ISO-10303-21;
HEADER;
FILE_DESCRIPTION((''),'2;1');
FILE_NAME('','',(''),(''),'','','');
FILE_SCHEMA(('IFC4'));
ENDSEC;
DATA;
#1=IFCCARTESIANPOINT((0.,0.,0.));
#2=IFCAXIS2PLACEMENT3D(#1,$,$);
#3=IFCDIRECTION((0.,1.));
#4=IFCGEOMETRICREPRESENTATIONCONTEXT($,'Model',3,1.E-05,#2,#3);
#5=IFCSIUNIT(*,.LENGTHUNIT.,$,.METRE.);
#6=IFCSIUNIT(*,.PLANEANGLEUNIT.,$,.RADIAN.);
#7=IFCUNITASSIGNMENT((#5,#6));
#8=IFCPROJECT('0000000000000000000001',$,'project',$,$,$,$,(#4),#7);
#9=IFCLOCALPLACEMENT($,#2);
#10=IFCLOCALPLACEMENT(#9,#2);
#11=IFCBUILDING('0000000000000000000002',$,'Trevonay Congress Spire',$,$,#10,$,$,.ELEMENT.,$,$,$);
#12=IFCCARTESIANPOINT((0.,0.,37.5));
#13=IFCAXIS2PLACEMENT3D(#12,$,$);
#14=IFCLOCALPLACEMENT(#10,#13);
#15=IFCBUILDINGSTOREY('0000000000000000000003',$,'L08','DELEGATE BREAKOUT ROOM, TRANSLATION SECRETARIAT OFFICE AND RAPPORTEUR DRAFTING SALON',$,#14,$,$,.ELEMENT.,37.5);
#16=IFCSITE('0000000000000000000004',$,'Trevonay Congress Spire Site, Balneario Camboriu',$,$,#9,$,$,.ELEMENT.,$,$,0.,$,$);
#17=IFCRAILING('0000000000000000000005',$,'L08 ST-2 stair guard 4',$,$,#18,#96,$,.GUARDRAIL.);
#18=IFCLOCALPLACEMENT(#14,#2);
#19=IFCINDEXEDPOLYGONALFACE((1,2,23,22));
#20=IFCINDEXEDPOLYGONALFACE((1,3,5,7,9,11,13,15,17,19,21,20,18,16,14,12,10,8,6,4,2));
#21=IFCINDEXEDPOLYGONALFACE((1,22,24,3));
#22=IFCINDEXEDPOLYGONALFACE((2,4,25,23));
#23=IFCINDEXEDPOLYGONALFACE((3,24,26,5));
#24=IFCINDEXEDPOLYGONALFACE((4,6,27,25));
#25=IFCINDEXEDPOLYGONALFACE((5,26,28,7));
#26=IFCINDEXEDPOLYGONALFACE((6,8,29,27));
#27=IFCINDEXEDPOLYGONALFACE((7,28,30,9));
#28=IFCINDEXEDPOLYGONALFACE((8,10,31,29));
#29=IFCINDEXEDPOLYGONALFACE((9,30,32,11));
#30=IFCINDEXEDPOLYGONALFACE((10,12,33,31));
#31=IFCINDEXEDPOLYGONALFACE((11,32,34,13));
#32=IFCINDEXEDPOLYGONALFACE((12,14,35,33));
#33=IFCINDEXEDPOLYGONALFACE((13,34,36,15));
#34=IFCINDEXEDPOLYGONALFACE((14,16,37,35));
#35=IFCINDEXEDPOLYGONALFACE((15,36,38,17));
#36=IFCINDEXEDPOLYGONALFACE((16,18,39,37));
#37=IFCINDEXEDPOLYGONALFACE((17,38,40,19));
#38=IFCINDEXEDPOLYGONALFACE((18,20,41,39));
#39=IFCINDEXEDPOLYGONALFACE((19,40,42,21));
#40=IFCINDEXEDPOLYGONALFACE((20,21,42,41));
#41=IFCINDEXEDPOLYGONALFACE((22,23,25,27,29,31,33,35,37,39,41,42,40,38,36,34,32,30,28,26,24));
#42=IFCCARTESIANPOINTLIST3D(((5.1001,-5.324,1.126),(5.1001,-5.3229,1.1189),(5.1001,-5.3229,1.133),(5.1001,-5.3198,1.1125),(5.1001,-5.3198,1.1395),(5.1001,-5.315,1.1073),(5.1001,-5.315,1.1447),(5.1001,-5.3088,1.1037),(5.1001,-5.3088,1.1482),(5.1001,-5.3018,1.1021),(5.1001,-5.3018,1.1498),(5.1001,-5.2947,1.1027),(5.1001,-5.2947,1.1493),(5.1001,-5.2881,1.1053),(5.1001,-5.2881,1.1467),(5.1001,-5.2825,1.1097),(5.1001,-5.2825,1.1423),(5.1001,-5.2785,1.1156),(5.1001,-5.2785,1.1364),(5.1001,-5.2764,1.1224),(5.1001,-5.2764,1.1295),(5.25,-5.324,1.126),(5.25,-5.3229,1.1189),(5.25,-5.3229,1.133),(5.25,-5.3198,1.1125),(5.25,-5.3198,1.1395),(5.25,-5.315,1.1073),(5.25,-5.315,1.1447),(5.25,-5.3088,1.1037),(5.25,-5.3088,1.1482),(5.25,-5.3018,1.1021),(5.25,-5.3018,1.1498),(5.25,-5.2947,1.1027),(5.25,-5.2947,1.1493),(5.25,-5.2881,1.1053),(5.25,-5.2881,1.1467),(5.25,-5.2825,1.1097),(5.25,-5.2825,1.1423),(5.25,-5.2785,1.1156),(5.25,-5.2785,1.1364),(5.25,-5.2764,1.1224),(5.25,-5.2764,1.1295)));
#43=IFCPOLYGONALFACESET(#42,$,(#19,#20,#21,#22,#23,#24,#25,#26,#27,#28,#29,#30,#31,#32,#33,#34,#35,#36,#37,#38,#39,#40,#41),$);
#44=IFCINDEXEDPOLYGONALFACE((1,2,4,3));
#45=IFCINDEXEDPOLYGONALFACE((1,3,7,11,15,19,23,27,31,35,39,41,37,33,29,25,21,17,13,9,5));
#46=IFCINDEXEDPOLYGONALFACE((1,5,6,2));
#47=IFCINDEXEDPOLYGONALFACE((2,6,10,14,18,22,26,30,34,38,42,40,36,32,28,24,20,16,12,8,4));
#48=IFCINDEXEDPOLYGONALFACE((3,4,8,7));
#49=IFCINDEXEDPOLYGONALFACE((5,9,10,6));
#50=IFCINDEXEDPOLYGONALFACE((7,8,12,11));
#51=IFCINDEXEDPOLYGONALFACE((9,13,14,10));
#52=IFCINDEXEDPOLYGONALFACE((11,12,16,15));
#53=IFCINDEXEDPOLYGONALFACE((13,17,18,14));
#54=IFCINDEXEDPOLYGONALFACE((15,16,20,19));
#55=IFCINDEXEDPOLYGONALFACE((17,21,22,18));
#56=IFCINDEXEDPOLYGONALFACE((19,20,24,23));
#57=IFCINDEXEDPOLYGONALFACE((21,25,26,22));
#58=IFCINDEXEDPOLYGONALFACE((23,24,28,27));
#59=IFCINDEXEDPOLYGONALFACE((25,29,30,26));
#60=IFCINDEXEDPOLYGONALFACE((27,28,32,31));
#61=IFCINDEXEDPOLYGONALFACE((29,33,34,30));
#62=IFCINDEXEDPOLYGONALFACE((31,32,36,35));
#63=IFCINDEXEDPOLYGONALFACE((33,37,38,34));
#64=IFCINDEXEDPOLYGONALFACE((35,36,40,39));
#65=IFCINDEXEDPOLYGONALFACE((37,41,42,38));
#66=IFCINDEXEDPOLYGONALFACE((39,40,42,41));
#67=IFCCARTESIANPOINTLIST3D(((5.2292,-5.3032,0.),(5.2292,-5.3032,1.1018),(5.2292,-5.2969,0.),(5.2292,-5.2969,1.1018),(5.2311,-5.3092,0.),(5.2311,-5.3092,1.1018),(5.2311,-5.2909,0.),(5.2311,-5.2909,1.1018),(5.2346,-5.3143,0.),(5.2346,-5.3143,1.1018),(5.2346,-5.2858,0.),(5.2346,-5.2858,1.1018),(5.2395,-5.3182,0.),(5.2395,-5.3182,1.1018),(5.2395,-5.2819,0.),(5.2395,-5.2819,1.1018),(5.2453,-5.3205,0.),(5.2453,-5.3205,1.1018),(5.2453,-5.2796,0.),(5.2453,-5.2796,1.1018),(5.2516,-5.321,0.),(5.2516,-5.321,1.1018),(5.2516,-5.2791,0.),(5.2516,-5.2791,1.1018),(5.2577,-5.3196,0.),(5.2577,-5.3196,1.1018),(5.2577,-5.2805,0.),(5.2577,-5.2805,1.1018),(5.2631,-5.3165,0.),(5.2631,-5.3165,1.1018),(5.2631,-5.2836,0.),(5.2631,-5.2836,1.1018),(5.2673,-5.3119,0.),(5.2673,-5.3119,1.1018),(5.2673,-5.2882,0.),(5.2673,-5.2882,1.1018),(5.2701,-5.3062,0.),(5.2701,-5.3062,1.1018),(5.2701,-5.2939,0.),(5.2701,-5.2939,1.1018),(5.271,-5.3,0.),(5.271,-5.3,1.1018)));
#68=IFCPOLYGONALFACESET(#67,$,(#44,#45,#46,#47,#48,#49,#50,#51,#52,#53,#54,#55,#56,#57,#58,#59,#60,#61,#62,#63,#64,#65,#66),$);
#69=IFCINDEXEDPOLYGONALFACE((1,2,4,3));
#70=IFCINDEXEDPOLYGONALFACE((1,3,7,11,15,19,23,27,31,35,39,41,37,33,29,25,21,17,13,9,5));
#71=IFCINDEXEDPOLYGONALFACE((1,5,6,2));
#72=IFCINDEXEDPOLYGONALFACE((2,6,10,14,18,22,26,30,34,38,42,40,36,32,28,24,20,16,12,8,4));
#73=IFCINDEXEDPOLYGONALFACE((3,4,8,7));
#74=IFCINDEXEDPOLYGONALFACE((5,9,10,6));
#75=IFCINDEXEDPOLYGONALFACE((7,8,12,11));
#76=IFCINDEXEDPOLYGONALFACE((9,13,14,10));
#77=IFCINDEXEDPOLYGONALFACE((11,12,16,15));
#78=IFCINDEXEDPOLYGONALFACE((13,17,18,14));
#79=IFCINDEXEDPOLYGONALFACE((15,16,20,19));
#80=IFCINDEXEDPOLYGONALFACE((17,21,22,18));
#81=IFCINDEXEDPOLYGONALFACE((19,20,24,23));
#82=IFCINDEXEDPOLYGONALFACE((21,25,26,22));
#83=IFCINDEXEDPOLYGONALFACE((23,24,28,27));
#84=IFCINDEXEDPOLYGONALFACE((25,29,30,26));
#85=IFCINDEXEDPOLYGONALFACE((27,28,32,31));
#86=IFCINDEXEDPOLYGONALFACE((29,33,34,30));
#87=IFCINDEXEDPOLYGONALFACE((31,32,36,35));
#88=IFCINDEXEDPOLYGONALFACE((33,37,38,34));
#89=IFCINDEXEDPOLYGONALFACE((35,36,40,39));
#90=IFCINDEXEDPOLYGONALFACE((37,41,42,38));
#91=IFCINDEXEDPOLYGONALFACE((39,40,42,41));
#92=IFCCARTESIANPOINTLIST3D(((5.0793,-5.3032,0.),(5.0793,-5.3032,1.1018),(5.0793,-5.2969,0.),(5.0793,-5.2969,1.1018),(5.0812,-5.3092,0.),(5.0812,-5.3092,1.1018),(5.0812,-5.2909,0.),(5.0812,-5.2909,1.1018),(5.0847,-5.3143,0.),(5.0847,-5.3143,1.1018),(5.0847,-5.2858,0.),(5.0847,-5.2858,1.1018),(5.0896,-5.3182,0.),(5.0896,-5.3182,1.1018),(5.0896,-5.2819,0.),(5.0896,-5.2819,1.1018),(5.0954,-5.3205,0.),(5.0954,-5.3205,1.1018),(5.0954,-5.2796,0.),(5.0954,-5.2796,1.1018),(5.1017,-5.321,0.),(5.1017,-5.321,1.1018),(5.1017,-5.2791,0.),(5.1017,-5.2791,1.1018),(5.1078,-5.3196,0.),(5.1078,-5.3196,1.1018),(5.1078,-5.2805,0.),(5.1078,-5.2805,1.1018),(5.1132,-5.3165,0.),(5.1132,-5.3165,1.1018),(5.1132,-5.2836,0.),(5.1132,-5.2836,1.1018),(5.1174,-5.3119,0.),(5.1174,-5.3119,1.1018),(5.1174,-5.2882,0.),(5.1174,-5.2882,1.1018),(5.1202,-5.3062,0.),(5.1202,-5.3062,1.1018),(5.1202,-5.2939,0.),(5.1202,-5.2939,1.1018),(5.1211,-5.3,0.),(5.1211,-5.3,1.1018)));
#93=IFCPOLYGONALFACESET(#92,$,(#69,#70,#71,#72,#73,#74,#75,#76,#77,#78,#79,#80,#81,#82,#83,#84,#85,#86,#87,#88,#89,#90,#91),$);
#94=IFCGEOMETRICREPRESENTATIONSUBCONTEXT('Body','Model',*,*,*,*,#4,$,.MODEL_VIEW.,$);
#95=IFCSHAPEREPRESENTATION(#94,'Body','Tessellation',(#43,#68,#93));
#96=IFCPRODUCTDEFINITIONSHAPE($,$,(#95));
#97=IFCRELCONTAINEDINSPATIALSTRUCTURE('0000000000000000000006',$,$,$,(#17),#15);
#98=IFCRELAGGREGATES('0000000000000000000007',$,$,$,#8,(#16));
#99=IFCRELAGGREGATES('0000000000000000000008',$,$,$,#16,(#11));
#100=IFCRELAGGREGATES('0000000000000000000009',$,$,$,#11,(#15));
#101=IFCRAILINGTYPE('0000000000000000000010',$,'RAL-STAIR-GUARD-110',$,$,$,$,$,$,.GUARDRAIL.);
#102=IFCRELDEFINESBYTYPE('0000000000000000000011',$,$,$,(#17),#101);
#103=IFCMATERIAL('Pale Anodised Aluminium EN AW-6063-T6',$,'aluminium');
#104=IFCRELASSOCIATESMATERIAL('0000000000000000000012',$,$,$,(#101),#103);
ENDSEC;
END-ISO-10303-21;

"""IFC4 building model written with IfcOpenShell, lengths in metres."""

from ifc_helpers import new_model, si_unit, direction, frame, origin, origin_2d, place, context, subcontext, project, spatial, circle, extrude, material, type_object, element, save


model = new_model("IFC4")

# Units and contexts
model_context = context("Model", 3, precision=1e-05, world=origin(), true_north=direction((0.0, 1.0)))
body_context = subcontext(model_context, "Body", "Model", "MODEL_VIEW")
ifc_project = project(units=[si_unit("LENGTHUNIT", "METRE"), si_unit("PLANEANGLEUNIT", "RADIAN")], contexts=[model_context])

# Site, building, storey
site_placement = place(None, origin())
site = spatial("IfcSite", under=ifc_project, at=site_placement, Name="Trevonay Congress Spire Site, Balneario Camboriu", CompositionType="ELEMENT", RefElevation=0.0)
building_placement = place(site_placement, origin())
building = spatial("IfcBuilding", under=site, at=building_placement, Name="Trevonay Congress Spire", CompositionType="ELEMENT")
storey_placement = place(building_placement, frame((0.0, 0.0, 37.5)))
storey = spatial("IfcBuildingStorey", under=building, at=storey_placement, Name="L08", Description="DELEGATE BREAKOUT ROOM, TRANSLATION SECRETARIAT OFFICE AND RAPPORTEUR DRAFTING SALON", CompositionType="ELEMENT", Elevation=37.5)

# Shared definitions
ifc_material_1 = material(Name="Pale Anodised Aluminium EN AW-6063-T6", Category="aluminium")

# Railing
railing_type_1 = type_object("IfcRailingType", Name="RAL-STAIR-GUARD-110", PredefinedType="GUARDRAIL", material=ifc_material_1)
railing_1_placement = place(storey_placement, frame((5.25, -5.3, 0.0)))
element("IfcRailing", 1, at=railing_1_placement, inside=storey, type_object=railing_type_1, Name="L08 ST-2 stair guard 4", PredefinedType="GUARDRAIL", context=body_context, shape_type="SweptSolid", body=[
    extrude(circle(Radius=0.0239, at=origin_2d()), frame((0.0, 0.0, 1.126), z_axis=(-1.0, 0.0, 0.0), x_axis=(0.0, -1.0, 0.0)), (0.0, 0.0, 1.0), 0.1499),
    extrude(circle(Radius=0.021, at=origin_2d()), origin(), (0.0, 0.0, 1.0), 1.1018),
    extrude(circle(Radius=0.021, at=origin_2d()), frame((-0.1499, 0.0, 0.0)), (0.0, 0.0, 1.0), 1.1018),
])

save(model, "model.ifc")
